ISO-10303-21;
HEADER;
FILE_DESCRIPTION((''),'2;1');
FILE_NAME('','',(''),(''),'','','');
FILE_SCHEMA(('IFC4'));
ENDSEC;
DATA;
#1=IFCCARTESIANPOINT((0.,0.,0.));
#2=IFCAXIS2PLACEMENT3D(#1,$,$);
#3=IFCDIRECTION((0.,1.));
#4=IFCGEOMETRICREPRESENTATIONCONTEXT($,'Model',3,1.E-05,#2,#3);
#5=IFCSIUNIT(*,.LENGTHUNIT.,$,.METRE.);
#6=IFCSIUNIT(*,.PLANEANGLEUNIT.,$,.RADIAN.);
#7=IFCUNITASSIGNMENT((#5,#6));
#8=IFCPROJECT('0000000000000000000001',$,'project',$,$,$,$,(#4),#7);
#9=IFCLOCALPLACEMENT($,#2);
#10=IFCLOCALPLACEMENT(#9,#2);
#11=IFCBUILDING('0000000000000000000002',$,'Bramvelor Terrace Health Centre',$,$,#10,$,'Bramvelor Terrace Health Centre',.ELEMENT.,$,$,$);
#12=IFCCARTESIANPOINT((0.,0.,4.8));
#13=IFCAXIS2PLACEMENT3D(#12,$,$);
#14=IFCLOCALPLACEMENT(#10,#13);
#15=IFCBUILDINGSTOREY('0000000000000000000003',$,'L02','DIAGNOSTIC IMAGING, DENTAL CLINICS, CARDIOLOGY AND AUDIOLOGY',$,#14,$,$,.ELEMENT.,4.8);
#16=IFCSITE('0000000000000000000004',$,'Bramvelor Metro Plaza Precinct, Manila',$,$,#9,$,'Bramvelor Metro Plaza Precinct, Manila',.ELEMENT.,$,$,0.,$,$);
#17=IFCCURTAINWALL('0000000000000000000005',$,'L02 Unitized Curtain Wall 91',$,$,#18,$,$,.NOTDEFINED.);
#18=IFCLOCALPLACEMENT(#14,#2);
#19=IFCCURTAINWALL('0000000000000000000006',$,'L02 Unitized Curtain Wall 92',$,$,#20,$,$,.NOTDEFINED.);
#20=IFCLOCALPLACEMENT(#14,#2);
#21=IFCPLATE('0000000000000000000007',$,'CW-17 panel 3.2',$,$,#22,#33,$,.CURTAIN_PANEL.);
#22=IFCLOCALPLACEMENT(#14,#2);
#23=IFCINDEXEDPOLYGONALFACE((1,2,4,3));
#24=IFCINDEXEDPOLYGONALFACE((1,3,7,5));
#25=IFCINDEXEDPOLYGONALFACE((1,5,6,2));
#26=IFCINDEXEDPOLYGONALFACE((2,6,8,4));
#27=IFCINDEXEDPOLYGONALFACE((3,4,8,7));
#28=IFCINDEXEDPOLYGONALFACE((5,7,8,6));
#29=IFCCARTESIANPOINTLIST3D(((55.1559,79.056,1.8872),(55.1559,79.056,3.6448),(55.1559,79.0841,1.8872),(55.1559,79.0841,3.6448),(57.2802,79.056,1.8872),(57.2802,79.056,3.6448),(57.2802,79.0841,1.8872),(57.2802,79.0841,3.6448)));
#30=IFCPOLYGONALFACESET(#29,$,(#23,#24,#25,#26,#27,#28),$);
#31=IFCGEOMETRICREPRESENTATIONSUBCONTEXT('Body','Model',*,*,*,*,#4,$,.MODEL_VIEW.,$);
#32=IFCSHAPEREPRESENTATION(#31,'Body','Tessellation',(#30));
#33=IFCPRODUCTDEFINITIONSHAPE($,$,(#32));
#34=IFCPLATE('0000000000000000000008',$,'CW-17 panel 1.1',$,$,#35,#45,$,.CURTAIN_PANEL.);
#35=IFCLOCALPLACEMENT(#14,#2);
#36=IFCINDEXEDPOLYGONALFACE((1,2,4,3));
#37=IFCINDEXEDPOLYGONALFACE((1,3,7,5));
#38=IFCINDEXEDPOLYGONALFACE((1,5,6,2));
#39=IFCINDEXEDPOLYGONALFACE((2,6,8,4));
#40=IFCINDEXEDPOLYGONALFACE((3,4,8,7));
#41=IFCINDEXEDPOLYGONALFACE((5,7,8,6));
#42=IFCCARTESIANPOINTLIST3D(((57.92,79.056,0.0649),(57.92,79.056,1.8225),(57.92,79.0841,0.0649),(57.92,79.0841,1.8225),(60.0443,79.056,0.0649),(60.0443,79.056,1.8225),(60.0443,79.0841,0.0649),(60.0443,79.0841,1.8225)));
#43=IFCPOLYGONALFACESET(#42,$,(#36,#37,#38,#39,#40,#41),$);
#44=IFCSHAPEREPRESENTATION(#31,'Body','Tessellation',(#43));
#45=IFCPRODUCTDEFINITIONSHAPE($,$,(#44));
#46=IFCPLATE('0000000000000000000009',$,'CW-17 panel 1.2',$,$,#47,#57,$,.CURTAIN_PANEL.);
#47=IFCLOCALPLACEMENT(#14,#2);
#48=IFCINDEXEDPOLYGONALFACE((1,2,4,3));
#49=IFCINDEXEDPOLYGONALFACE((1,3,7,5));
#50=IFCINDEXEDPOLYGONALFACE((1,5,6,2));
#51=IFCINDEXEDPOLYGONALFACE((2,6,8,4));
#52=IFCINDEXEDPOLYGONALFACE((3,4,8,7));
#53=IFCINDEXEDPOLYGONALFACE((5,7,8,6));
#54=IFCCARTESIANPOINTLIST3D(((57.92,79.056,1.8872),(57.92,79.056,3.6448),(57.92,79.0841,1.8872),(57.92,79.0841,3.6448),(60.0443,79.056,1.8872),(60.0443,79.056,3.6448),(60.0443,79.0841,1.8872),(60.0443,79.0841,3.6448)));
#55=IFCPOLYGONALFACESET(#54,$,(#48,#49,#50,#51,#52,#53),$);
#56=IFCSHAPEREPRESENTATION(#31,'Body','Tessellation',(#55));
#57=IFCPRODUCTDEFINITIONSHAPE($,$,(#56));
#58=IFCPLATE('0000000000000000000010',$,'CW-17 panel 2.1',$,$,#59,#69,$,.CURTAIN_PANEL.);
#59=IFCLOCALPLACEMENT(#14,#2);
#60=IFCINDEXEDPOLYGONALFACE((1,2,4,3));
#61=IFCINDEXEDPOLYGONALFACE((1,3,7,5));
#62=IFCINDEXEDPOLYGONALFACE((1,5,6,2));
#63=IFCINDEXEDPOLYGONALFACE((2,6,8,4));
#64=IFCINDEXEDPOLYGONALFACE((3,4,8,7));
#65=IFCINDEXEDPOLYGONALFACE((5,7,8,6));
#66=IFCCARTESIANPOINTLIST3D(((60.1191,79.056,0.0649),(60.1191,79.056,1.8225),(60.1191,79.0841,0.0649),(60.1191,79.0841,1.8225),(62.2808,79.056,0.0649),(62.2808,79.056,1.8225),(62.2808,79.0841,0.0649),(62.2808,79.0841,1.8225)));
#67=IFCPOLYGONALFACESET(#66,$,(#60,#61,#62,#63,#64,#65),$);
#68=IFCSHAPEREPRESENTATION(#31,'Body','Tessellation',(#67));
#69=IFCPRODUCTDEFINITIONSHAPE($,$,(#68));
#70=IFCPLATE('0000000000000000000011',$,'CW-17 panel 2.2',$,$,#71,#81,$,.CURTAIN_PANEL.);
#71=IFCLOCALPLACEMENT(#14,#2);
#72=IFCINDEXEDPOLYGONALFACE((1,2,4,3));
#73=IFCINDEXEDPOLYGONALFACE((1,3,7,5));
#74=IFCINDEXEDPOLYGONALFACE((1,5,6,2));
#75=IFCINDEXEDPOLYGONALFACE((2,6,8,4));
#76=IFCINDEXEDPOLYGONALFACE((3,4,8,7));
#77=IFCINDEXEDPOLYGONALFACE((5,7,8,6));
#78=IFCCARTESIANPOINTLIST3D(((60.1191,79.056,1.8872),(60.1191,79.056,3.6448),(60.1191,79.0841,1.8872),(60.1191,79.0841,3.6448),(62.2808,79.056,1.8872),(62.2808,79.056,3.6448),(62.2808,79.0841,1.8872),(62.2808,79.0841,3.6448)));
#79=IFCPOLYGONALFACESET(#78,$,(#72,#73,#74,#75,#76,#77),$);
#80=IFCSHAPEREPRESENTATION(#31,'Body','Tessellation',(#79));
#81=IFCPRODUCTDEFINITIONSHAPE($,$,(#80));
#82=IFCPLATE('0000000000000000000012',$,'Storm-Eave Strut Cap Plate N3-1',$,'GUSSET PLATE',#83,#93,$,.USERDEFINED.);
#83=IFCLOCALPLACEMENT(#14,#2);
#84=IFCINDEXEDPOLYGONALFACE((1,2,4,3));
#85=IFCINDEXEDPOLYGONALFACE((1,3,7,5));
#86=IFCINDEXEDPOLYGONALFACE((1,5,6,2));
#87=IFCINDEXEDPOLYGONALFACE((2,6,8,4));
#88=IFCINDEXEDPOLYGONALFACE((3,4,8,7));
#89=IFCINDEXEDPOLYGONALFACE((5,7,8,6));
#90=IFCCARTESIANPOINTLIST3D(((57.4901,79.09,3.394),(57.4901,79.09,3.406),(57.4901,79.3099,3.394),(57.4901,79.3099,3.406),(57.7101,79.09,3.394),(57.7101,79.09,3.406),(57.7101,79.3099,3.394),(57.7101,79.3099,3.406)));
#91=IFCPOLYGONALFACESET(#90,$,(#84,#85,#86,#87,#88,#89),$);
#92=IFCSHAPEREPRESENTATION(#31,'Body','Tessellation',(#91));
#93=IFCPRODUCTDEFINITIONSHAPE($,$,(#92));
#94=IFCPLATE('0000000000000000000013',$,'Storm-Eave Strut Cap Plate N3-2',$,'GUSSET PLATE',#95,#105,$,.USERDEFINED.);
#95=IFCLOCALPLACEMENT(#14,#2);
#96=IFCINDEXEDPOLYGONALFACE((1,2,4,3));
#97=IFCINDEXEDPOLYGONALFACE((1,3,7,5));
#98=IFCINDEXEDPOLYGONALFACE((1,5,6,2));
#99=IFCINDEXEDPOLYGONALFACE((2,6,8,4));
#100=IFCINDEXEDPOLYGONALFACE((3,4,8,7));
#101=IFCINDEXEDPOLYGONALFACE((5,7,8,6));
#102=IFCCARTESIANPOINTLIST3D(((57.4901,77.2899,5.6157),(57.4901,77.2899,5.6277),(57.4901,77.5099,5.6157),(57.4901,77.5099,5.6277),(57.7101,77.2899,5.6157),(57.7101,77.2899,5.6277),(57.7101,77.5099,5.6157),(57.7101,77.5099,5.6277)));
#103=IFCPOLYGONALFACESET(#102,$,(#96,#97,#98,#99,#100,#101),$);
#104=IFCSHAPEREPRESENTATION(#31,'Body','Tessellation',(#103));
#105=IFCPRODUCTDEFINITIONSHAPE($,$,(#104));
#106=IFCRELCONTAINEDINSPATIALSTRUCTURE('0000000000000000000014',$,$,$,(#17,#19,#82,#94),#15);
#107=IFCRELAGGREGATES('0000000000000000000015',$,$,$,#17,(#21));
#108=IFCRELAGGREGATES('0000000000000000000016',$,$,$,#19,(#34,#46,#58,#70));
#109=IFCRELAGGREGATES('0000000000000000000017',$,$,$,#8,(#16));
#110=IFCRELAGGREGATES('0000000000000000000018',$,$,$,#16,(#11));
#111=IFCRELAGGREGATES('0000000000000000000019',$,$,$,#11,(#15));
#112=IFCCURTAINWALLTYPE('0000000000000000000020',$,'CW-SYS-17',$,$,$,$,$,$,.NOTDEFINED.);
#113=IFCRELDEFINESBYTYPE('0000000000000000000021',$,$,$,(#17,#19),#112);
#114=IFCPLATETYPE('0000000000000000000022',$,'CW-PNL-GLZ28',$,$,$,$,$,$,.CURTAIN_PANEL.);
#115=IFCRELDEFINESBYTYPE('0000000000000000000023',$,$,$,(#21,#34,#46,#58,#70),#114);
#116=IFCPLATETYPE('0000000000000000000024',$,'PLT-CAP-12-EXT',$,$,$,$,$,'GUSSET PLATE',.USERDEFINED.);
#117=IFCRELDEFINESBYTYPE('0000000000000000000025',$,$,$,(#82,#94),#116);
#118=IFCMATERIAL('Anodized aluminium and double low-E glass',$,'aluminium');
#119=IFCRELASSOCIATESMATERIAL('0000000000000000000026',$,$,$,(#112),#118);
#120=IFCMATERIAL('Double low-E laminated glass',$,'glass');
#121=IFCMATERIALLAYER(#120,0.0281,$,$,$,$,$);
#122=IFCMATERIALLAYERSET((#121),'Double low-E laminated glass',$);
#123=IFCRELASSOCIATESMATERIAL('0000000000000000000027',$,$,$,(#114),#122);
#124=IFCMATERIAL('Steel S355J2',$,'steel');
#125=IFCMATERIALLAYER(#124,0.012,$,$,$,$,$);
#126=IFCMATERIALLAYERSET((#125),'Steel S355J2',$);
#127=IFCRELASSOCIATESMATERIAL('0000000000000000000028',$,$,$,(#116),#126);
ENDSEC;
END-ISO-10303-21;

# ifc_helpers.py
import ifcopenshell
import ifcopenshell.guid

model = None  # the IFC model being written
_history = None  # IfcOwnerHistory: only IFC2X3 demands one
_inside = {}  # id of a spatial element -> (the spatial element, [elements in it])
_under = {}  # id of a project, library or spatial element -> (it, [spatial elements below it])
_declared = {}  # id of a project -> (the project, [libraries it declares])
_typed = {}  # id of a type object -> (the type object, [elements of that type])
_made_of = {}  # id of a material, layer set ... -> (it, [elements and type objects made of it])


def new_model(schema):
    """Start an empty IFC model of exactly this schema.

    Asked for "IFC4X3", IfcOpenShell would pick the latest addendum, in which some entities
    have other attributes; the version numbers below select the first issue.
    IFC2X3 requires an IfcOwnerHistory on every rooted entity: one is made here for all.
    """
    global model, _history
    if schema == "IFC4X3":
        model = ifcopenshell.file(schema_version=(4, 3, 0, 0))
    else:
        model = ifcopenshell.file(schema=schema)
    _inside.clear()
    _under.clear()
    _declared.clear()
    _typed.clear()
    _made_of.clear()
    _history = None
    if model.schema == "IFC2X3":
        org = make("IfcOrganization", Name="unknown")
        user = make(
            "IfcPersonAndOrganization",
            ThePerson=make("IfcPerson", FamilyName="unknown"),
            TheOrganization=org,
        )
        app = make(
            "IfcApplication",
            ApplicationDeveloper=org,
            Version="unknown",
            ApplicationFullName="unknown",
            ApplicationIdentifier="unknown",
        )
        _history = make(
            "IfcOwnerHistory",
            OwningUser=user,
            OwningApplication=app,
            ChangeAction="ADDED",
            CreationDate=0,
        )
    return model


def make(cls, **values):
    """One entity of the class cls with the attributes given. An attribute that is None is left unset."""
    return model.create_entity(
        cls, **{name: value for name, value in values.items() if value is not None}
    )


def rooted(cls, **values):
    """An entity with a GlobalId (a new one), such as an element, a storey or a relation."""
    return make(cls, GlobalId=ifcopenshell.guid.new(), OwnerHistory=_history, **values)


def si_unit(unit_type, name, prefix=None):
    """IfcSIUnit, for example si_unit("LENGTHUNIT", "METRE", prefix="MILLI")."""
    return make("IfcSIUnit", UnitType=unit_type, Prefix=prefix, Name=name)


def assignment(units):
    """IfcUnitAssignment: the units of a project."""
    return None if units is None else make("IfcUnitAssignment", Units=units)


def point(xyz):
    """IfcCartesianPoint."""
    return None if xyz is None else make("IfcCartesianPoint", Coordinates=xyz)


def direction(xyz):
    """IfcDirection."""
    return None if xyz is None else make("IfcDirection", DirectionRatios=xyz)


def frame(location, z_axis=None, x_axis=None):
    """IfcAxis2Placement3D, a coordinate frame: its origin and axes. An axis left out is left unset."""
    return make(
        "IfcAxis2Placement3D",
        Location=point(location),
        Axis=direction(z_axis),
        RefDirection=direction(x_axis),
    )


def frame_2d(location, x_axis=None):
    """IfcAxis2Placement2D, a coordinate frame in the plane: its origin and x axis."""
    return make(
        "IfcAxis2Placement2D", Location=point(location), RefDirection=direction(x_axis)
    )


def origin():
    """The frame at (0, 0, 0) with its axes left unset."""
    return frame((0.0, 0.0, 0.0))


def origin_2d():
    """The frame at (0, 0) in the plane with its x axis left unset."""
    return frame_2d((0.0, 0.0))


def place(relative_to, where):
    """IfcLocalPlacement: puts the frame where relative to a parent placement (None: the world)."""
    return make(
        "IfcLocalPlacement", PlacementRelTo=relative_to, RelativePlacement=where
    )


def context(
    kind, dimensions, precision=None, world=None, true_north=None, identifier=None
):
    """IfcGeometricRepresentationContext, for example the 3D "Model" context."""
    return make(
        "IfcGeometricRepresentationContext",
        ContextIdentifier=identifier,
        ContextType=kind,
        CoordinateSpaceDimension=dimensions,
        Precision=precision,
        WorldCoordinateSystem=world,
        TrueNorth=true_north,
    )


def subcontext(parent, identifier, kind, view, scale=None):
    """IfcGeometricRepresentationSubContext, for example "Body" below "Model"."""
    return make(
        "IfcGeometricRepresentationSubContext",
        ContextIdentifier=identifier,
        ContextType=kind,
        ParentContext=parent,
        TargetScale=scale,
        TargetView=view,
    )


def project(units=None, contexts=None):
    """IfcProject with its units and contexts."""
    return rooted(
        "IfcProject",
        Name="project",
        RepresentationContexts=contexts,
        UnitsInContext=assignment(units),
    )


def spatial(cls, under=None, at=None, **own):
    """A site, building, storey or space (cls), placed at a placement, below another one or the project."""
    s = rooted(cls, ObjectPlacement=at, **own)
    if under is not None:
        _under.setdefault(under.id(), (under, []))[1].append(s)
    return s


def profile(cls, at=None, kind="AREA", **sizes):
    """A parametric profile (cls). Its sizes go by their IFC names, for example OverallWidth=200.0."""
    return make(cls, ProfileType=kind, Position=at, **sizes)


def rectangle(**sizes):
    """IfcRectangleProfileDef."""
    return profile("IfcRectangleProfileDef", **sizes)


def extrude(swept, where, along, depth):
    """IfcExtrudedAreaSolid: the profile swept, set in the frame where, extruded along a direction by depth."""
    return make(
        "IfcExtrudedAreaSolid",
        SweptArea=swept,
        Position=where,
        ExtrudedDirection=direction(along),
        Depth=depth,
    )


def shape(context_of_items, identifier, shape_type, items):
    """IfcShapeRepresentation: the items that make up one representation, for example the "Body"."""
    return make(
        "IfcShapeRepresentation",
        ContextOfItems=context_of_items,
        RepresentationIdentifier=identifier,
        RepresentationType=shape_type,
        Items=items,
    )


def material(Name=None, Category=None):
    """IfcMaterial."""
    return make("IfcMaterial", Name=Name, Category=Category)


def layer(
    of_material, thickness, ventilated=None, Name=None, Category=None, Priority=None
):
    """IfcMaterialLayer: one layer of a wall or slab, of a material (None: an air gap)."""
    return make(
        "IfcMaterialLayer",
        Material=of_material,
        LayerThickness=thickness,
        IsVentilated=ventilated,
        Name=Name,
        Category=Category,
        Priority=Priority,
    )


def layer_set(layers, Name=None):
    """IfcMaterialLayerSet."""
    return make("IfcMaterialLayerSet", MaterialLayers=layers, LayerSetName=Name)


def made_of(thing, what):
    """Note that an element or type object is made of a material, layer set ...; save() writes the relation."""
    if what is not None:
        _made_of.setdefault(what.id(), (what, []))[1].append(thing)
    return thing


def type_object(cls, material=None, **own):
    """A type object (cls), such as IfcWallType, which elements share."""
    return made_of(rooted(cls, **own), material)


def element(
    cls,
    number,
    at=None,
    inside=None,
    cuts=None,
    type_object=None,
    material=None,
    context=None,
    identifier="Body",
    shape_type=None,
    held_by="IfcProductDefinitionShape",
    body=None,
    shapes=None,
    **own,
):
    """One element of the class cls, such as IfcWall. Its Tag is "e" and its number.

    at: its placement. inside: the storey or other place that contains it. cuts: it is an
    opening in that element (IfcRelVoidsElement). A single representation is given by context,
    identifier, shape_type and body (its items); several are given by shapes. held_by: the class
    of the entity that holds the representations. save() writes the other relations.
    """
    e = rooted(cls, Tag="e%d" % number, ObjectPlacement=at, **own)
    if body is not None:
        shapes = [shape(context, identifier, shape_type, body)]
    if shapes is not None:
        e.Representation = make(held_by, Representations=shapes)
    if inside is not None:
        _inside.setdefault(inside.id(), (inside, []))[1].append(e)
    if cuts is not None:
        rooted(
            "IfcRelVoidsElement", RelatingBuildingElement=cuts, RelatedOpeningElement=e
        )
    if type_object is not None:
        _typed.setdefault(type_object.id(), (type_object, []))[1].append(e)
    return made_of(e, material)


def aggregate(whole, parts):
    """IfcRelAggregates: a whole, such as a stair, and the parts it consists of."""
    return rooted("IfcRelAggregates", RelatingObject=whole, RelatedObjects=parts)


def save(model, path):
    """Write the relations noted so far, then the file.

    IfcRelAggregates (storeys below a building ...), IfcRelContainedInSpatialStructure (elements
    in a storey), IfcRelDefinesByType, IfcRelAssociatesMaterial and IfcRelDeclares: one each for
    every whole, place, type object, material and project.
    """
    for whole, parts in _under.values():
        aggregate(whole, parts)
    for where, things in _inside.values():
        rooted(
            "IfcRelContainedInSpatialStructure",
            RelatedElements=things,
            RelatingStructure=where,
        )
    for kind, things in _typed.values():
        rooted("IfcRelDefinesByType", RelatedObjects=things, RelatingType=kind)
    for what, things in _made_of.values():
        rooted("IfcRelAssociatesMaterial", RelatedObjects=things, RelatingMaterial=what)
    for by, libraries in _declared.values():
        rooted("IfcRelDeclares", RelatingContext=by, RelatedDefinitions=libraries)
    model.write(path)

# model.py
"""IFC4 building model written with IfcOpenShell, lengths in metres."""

from ifc_helpers import new_model, si_unit, direction, frame, origin, origin_2d, place, context, subcontext, project, spatial, rectangle, extrude, material, layer, layer_set, type_object, element, aggregate, save


model = new_model("IFC4")

# Units and contexts
model_context = context("Model", 3, precision=1e-05, world=origin(), true_north=direction((0.0, 1.0)))
body_context = subcontext(model_context, "Body", "Model", "MODEL_VIEW")
ifc_project = project(units=[si_unit("LENGTHUNIT", "METRE"), si_unit("PLANEANGLEUNIT", "RADIAN")], contexts=[model_context])

# Site, building, storey
site_placement = place(None, origin())
site = spatial("IfcSite", under=ifc_project, at=site_placement, Name="Bramvelor Metro Plaza Precinct, Manila", LongName="Bramvelor Metro Plaza Precinct, Manila", CompositionType="ELEMENT", RefElevation=0.0)
building_placement = place(site_placement, origin())
building = spatial("IfcBuilding", under=site, at=building_placement, Name="Bramvelor Terrace Health Centre", LongName="Bramvelor Terrace Health Centre", CompositionType="ELEMENT")
storey_placement = place(building_placement, frame((0.0, 0.0, 4.8)))
storey = spatial("IfcBuildingStorey", under=building, at=storey_placement, Name="L02", Description="DIAGNOSTIC IMAGING, DENTAL CLINICS, CARDIOLOGY AND AUDIOLOGY", CompositionType="ELEMENT", Elevation=4.8)

# Curtain walls
ifc_material_1 = material(Name="Anodized aluminium and double low-E glass", Category="aluminium")
curtain_wall_type = type_object("IfcCurtainWallType", Name="CW-SYS-17", PredefinedType="NOTDEFINED", material=ifc_material_1)
curtain_wall_1_placement = place(storey_placement, origin())
curtain_wall_1 = element("IfcCurtainWall", 1, at=curtain_wall_1_placement, inside=storey, type_object=curtain_wall_type, Name="L02 Unitized Curtain Wall 91", PredefinedType="NOTDEFINED")
curtain_wall_2_placement = place(storey_placement, origin())
curtain_wall_2 = element("IfcCurtainWall", 2, at=curtain_wall_2_placement, inside=storey, type_object=curtain_wall_type, Name="L02 Unitized Curtain Wall 92", PredefinedType="NOTDEFINED")

# Plates
ifc_material_2 = material(Name="Double low-E laminated glass", Category="glass")
ifc_layer_1 = layer(ifc_material_2, 0.0281)
ifc_layer_set_1 = layer_set([ifc_layer_1], Name="Double low-E laminated glass")
plate_type_1 = type_object("IfcPlateType", Name="CW-PNL-GLZ28", PredefinedType="CURTAIN_PANEL", material=ifc_layer_set_1)
plate_1_placement = place(storey_placement, frame((56.218, 79.0701, 1.8872), z_axis=(0.0, 0.0, 1.0), x_axis=(1.0, 0.0, 0.0)))
plate_1 = element("IfcPlate", 3, at=plate_1_placement, type_object=plate_type_1, Name="CW-17 panel 3.2", PredefinedType="CURTAIN_PANEL", context=body_context, shape_type="SweptSolid", body=[
    extrude(rectangle(XDim=2.1243, YDim=0.0281, at=origin_2d()), origin(), (0.0, 0.0, 1.0), 1.7576),
])
aggregate(curtain_wall_1, [plate_1])
plate_2_placement = place(storey_placement, frame((58.9822, 79.0701, 0.0649), z_axis=(0.0, 0.0, 1.0), x_axis=(1.0, 0.0, 0.0)))
plate_2 = element("IfcPlate", 4, at=plate_2_placement, type_object=plate_type_1, Name="CW-17 panel 1.1", PredefinedType="CURTAIN_PANEL", context=body_context, shape_type="SweptSolid", body=[
    extrude(rectangle(XDim=2.1243, YDim=0.0281, at=origin_2d()), origin(), (0.0, 0.0, 1.0), 1.7576),
])
plate_3_placement = place(storey_placement, frame((58.9822, 79.0701, 1.8872), z_axis=(0.0, 0.0, 1.0), x_axis=(1.0, 0.0, 0.0)))
plate_3 = element("IfcPlate", 5, at=plate_3_placement, type_object=plate_type_1, Name="CW-17 panel 1.2", PredefinedType="CURTAIN_PANEL", context=body_context, shape_type="SweptSolid", body=[
    extrude(rectangle(XDim=2.1243, YDim=0.0281, at=origin_2d()), origin(), (0.0, 0.0, 1.0), 1.7576),
])
plate_4_placement = place(storey_placement, frame((61.2, 79.0701, 0.0649), z_axis=(0.0, 0.0, 1.0), x_axis=(1.0, 0.0, 0.0)))
plate_4 = element("IfcPlate", 6, at=plate_4_placement, type_object=plate_type_1, Name="CW-17 panel 2.1", PredefinedType="CURTAIN_PANEL", context=body_context, shape_type="SweptSolid", body=[
    extrude(rectangle(XDim=2.1616, YDim=0.0281, at=origin_2d()), origin(), (0.0, 0.0, 1.0), 1.7576),
])
plate_5_placement = place(storey_placement, frame((61.2, 79.0701, 1.8872), z_axis=(0.0, 0.0, 1.0), x_axis=(1.0, 0.0, 0.0)))
plate_5 = element("IfcPlate", 7, at=plate_5_placement, type_object=plate_type_1, Name="CW-17 panel 2.2", PredefinedType="CURTAIN_PANEL", context=body_context, shape_type="SweptSolid", body=[
    extrude(rectangle(XDim=2.1616, YDim=0.0281, at=origin_2d()), origin(), (0.0, 0.0, 1.0), 1.7576),
])
aggregate(curtain_wall_2, [plate_2, plate_3, plate_4, plate_5])

# Plates
ifc_material_3 = material(Name="Steel S355J2", Category="steel")
ifc_layer_2 = layer(ifc_material_3, 0.012)
ifc_layer_set_2 = layer_set([ifc_layer_2], Name="Steel S355J2")
plate_type_2 = type_object("IfcPlateType", Name="PLT-CAP-12-EXT", ElementType="GUSSET PLATE", PredefinedType="USERDEFINED", material=ifc_layer_set_2)
for number, where, z_axis, x_axis, name in (
    (8, (57.6001, 79.2, 3.394), (0.0, 0.0, 1.0), (1.0, 0.0, 0.0), "Storm-Eave Strut Cap Plate N3-1"),
    (9, (57.6001, 77.3999, 5.6157), (0.0, 0.0, 1.0), (1.0, 0.0, 0.0), "Storm-Eave Strut Cap Plate N3-2"),
):
    element("IfcPlate", number, at=place(storey_placement, frame(where, z_axis=z_axis, x_axis=x_axis)), inside=storey, type_object=plate_type_2, Name=name, ObjectType="GUSSET PLATE", PredefinedType="USERDEFINED", context=body_context, shape_type="SweptSolid", body=[
        extrude(rectangle(XDim=0.22, YDim=0.22, at=origin_2d()), origin(), (0.0, 0.0, 1.0), 0.012),
    ])

save(model, "model.ifc")
